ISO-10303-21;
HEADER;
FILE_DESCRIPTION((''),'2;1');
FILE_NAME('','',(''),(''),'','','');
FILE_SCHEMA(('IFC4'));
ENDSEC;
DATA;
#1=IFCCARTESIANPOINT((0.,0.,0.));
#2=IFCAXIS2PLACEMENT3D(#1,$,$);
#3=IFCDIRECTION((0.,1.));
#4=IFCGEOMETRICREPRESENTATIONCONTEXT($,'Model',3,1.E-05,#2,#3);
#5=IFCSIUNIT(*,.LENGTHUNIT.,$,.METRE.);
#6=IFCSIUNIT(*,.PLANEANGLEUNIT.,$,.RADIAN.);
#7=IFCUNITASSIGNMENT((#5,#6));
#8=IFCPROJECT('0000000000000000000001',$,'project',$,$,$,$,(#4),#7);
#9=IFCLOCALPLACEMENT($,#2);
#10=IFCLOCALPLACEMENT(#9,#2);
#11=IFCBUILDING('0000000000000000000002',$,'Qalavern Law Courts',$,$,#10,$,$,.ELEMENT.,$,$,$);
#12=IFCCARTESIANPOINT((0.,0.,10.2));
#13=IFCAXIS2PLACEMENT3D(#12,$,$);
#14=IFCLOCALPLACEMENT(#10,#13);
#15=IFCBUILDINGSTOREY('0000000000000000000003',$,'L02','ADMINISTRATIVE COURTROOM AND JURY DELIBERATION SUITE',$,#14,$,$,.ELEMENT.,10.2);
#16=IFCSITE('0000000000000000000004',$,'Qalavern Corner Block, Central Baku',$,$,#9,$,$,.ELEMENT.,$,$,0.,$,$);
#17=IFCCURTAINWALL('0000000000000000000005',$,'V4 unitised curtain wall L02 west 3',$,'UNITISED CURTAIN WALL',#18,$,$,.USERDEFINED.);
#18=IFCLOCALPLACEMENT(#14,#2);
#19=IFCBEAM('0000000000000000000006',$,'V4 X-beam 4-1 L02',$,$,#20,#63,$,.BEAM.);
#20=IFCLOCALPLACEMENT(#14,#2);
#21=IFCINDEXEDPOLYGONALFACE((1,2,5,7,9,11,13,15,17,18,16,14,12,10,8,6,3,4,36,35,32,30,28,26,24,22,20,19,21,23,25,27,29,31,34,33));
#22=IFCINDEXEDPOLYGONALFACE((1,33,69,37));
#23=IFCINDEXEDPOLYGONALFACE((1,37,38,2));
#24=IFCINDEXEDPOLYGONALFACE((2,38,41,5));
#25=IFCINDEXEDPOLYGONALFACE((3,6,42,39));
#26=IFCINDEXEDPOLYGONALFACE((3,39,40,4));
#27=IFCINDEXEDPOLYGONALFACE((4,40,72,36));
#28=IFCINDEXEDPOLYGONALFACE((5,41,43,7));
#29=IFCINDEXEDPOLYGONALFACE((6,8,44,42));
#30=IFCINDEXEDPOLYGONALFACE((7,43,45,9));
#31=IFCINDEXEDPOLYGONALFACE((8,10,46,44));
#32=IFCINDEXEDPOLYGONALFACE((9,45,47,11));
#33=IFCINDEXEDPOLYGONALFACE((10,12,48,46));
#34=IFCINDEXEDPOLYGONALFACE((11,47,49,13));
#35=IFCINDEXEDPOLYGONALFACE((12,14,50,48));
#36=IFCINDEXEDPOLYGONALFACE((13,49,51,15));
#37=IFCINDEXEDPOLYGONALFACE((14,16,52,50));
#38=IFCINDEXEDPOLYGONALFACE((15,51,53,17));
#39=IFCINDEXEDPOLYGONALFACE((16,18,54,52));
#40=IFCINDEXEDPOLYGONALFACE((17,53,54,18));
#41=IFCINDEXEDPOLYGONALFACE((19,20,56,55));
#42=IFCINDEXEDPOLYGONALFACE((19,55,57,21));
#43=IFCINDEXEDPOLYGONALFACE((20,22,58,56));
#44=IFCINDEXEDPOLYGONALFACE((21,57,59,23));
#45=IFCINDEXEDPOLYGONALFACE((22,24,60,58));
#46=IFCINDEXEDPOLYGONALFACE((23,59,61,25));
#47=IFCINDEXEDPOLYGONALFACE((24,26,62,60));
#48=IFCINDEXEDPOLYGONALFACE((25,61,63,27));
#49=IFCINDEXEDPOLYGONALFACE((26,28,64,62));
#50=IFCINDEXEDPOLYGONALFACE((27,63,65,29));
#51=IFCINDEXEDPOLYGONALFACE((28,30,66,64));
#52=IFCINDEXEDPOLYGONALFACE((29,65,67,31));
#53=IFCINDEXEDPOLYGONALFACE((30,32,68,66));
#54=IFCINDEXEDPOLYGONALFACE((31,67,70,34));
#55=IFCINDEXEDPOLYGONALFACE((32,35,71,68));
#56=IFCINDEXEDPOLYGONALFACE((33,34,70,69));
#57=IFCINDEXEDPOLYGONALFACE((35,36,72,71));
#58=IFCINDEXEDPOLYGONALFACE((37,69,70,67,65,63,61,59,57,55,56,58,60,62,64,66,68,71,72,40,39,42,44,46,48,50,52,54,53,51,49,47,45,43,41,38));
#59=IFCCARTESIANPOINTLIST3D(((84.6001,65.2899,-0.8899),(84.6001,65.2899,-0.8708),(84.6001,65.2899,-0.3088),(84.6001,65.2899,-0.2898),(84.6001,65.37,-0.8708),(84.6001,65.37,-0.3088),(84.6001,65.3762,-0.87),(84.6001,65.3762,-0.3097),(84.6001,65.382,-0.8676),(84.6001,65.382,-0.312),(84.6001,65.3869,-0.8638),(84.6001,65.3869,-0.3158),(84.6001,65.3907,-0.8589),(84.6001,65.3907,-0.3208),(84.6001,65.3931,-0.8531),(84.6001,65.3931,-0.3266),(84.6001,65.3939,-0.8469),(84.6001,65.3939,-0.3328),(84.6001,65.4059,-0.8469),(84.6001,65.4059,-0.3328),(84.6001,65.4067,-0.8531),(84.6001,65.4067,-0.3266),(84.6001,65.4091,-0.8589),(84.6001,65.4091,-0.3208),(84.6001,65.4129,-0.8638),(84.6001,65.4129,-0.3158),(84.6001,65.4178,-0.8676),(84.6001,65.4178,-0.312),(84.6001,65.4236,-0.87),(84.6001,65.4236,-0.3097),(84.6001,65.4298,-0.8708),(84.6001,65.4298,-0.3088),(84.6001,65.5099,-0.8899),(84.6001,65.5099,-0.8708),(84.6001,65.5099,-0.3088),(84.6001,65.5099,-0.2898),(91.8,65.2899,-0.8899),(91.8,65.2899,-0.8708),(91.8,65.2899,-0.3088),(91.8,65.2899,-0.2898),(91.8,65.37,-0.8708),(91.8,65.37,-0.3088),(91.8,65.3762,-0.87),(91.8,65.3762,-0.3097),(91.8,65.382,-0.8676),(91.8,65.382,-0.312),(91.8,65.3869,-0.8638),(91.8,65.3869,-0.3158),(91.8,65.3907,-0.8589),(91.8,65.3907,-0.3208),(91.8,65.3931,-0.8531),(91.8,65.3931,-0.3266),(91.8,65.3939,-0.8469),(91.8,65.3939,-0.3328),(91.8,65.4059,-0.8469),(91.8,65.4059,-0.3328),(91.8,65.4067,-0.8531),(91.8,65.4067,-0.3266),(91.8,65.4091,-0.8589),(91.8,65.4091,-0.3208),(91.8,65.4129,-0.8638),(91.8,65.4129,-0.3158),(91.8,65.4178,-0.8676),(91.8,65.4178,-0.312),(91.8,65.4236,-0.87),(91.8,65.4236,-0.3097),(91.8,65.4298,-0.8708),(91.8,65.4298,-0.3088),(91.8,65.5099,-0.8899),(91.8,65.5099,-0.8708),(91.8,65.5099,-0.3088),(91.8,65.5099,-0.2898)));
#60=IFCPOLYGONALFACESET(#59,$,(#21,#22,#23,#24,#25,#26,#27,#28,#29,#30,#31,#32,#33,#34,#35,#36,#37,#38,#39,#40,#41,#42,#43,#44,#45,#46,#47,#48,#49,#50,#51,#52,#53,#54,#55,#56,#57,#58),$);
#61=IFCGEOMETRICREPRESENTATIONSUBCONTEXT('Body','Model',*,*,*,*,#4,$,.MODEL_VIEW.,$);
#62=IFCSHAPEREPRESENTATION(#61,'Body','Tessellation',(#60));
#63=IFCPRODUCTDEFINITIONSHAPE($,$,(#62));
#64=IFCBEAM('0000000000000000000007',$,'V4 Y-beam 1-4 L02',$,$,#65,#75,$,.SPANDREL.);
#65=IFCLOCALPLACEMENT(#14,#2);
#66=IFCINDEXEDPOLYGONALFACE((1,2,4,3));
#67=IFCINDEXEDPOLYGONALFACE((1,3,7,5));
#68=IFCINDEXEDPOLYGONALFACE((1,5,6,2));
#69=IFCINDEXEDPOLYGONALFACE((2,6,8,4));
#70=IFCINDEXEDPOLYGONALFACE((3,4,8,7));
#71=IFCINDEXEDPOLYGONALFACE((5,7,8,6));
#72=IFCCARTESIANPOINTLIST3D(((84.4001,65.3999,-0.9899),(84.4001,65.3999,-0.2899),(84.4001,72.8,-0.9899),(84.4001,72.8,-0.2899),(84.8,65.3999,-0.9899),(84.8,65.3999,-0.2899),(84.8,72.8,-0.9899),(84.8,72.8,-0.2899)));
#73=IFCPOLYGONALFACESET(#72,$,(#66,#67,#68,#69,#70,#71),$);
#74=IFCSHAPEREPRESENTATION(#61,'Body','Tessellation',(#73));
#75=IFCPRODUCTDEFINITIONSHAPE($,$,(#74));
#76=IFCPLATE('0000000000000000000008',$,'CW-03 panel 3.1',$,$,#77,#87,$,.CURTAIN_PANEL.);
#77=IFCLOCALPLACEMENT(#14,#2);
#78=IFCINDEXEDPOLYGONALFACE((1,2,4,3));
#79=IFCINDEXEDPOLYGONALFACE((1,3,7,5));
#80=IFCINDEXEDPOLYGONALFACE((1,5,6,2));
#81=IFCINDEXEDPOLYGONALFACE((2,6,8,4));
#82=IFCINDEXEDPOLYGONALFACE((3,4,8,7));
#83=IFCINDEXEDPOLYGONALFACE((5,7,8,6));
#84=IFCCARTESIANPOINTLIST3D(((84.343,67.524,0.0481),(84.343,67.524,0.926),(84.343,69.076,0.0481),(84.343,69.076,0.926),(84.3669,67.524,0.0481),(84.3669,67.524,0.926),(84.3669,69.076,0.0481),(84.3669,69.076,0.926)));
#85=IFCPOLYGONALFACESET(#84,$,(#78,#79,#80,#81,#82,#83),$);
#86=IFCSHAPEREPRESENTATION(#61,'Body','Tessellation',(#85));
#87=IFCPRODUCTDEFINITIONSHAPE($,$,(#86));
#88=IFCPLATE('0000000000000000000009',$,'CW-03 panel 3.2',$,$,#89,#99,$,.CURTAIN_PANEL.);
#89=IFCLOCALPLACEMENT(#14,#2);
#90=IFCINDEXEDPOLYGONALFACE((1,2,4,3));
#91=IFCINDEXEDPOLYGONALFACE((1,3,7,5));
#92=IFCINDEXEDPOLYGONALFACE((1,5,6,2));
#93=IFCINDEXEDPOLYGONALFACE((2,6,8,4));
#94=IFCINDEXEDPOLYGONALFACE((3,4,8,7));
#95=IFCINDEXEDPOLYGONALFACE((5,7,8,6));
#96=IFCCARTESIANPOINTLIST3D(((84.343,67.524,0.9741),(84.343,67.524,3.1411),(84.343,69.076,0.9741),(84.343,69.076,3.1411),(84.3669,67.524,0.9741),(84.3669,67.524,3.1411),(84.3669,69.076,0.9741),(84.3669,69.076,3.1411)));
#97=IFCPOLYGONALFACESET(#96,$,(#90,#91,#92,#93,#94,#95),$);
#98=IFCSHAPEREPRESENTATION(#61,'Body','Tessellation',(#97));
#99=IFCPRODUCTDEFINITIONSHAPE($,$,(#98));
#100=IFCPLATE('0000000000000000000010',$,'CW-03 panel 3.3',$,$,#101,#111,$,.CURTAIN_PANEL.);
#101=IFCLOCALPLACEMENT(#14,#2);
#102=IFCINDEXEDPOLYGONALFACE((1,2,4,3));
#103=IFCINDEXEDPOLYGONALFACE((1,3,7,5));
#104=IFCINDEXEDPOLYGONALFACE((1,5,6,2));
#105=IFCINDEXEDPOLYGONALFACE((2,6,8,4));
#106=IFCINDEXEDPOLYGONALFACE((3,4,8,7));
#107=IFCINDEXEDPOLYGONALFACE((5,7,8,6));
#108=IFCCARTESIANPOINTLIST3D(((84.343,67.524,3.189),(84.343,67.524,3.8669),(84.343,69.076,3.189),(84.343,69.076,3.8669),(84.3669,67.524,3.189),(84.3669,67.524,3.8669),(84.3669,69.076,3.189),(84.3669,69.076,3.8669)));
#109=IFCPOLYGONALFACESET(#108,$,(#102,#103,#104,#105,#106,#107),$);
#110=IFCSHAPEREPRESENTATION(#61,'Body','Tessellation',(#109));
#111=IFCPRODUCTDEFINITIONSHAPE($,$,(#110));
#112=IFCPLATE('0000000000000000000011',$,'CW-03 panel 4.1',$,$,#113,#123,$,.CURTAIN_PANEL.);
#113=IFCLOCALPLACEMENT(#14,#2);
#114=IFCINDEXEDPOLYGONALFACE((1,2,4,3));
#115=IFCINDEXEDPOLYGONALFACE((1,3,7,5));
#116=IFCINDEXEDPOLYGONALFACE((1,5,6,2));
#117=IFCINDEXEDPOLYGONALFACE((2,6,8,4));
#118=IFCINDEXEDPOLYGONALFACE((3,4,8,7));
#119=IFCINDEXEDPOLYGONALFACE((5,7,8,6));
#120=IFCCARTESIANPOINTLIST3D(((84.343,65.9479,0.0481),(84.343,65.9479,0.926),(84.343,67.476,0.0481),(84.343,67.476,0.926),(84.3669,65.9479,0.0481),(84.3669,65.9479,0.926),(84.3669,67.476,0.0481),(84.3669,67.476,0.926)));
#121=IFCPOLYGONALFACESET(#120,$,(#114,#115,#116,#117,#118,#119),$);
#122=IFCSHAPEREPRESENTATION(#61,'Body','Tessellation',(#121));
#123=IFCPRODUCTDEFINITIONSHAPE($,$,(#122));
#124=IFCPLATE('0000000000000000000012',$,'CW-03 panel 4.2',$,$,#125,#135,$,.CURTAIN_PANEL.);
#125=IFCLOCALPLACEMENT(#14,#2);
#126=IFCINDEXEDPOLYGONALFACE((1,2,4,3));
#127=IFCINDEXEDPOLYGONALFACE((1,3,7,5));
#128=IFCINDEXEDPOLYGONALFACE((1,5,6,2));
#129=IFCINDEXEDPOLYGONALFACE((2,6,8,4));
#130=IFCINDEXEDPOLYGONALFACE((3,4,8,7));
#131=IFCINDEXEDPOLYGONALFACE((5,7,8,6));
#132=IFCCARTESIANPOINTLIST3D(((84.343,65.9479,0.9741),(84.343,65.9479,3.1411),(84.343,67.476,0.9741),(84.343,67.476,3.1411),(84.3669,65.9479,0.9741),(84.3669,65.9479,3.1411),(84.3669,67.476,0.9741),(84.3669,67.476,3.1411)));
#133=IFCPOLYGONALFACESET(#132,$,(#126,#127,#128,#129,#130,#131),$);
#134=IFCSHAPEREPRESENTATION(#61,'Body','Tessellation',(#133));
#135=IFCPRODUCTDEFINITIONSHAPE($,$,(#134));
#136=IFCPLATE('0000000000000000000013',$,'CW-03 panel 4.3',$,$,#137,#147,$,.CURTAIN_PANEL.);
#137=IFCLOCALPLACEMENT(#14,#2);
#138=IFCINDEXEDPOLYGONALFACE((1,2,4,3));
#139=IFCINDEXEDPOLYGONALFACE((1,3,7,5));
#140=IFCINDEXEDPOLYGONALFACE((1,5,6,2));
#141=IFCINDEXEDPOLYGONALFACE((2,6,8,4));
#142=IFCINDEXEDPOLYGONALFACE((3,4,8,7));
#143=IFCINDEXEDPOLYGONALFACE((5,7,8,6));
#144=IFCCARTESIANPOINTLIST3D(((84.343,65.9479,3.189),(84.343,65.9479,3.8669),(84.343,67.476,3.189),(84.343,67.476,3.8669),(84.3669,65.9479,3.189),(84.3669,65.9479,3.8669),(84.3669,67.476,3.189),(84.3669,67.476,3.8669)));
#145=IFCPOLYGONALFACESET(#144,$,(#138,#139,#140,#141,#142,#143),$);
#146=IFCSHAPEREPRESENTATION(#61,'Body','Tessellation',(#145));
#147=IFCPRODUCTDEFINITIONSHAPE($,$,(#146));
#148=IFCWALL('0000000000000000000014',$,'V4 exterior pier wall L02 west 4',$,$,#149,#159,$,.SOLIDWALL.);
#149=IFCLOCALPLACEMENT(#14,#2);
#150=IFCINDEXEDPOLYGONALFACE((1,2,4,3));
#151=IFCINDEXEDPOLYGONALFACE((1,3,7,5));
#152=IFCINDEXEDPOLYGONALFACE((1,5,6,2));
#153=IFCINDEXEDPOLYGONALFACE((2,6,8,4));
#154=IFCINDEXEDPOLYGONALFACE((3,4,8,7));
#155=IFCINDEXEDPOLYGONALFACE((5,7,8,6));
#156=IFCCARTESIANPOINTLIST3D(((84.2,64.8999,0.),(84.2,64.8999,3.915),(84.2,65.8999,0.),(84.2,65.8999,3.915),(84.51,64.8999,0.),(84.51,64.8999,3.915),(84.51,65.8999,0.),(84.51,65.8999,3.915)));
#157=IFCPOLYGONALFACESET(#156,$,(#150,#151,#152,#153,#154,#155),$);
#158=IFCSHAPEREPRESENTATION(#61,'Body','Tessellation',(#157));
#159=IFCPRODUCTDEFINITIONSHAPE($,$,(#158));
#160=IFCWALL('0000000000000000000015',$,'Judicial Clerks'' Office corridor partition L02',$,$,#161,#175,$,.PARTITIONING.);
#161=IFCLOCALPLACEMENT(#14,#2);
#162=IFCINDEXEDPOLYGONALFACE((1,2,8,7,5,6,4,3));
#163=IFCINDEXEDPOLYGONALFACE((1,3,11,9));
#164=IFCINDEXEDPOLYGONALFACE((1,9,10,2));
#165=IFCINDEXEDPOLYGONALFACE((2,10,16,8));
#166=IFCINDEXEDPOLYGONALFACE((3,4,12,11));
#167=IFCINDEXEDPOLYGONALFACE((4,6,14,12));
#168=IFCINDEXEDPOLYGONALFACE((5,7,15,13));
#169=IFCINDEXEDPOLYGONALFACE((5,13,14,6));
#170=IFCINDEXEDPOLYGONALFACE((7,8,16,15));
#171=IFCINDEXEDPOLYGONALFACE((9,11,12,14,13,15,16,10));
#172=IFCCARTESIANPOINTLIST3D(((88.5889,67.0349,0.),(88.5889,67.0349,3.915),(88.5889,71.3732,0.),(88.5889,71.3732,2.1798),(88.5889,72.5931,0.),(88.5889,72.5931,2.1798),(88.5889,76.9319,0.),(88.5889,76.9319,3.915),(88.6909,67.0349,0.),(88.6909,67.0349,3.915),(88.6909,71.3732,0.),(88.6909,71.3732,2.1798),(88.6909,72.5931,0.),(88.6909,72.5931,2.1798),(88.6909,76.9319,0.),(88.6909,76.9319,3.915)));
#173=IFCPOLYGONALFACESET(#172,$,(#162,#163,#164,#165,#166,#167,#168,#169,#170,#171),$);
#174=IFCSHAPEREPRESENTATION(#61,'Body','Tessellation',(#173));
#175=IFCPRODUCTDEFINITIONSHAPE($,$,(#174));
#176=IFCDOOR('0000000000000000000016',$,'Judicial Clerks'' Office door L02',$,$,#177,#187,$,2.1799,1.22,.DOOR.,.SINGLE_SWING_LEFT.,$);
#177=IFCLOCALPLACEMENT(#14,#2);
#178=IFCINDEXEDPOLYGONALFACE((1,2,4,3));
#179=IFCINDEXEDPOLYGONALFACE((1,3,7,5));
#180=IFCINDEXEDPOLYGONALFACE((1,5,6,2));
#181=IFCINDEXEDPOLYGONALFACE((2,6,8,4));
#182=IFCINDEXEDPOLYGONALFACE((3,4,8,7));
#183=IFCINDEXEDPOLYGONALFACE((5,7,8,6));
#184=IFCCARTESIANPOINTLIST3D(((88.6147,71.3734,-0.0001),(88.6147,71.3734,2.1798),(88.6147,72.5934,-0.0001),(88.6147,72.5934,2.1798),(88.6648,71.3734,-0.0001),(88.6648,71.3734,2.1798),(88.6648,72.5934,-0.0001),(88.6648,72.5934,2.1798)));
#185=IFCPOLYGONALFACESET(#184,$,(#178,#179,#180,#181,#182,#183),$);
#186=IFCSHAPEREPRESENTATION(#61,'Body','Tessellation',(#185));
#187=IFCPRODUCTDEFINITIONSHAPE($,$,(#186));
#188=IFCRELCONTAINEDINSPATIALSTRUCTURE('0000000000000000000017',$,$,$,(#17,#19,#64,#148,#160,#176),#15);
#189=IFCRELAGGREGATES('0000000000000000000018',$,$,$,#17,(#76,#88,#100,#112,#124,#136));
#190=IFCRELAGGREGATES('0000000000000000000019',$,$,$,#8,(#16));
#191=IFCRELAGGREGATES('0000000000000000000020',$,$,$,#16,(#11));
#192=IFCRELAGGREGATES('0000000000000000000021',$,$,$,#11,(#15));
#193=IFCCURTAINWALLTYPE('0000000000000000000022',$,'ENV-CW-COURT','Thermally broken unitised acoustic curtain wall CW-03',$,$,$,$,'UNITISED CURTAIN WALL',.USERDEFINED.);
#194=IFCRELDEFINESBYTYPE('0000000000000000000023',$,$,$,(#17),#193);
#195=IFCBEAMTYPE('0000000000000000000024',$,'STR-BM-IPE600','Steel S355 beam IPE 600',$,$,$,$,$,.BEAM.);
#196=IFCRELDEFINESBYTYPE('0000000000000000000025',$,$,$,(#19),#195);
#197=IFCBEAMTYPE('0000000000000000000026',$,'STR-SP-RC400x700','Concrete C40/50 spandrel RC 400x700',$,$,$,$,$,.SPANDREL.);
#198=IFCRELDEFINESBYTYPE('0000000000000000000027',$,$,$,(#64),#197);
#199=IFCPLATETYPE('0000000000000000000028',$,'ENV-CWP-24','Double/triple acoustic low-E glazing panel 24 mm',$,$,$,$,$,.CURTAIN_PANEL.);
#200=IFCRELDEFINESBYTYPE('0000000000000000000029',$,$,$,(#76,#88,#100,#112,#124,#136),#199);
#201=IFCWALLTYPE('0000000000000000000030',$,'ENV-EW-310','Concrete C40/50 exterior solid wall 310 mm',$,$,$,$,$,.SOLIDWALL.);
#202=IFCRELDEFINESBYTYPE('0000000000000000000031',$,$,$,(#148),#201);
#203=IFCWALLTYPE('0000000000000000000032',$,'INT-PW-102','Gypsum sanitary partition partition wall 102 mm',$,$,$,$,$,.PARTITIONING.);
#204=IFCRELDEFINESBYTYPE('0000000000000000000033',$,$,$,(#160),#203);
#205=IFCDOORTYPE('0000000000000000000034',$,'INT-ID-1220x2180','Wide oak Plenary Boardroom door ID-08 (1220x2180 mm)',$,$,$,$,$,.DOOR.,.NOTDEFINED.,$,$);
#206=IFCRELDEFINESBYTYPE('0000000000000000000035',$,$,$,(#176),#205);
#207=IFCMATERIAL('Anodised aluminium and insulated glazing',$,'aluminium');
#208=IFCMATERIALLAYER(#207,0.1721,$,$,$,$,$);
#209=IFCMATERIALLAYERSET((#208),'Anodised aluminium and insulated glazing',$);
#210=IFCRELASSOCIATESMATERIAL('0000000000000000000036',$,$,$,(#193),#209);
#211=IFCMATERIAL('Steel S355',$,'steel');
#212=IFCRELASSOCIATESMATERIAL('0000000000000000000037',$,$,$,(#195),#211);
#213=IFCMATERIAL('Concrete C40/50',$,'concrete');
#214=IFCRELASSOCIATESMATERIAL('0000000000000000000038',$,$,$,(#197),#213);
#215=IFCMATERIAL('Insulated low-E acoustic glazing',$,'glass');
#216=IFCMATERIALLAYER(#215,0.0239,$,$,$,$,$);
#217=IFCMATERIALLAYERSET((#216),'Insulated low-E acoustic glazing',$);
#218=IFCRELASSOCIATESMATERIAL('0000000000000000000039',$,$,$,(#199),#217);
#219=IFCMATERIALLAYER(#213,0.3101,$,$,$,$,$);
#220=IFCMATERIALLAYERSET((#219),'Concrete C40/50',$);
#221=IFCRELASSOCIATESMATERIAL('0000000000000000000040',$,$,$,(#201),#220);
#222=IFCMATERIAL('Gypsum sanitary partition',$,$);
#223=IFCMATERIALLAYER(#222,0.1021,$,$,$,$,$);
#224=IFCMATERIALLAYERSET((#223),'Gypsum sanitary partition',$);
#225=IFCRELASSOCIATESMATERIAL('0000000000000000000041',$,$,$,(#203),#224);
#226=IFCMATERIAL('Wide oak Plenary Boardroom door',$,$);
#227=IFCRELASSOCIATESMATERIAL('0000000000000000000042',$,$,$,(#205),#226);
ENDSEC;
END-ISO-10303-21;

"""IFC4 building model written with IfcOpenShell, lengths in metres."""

from ifc_helpers import new_model, si_unit, direction, frame, frame_2d, origin, origin_2d, place, context, subcontext, project, spatial, rectangle, i_section, extrude, material, layer, layer_set, material_profile, profile_set, type_object, element, fill, aggregate, save


model = new_model("IFC4")

# Units and contexts
model_context = context("Model", 3, precision=1e-05, world=origin(), true_north=direction((0.0, 1.0)))
body_context = subcontext(model_context, "Body", "Model", "MODEL_VIEW")
ifc_project = project(units=[si_unit("LENGTHUNIT", "METRE"), si_unit("PLANEANGLEUNIT", "RADIAN")], contexts=[model_context])

# Site, building, storey
site_placement = place(None, origin())
site = spatial("IfcSite", under=ifc_project, at=site_placement, Name="Qalavern Corner Block, Central Baku", CompositionType="ELEMENT", RefElevation=0.0)
building_placement = place(site_placement, origin())
building = spatial("IfcBuilding", under=site, at=building_placement, Name="Qalavern Law Courts", CompositionType="ELEMENT")
storey_placement = place(building_placement, frame((0.0, 0.0, 10.2)))
storey = spatial("IfcBuildingStorey", under=building, at=storey_placement, Name="L02", Description="ADMINISTRATIVE COURTROOM AND JURY DELIBERATION SUITE", CompositionType="ELEMENT", Elevation=10.2)

# Curtain wall
ifc_material_1 = material(Name="Anodised aluminium and insulated glazing", Category="aluminium")
ifc_layer_1 = layer(ifc_material_1, 0.1721)
ifc_layer_set_1 = layer_set([ifc_layer_1], Name="Anodised aluminium and insulated glazing")
curtain_wall_type = type_object("IfcCurtainWallType", Name="ENV-CW-COURT", Description="Thermally broken unitised acoustic curtain wall CW-03", ElementType="UNITISED CURTAIN WALL", PredefinedType="USERDEFINED", material=ifc_layer_set_1)
curtain_wall_1_placement = place(storey_placement, origin())
curtain_wall_1 = element("IfcCurtainWall", 1, at=curtain_wall_1_placement, inside=storey, type_object=curtain_wall_type, Name="V4 unitised curtain wall L02 west 3", ObjectType="UNITISED CURTAIN WALL", PredefinedType="USERDEFINED")

# Beams
ifc_material_2 = material(Name="Steel S355", Category="steel")
ifc_material_profile_1 = material_profile(ifc_material_2, i_section(OverallWidth=0.22, OverallDepth=0.6001, WebThickness=0.012, FlangeThickness=0.019, FilletRadius=0.0239, at=origin_2d()), Name="IPE 600")
ifc_profile_set_1 = profile_set([ifc_material_profile_1], Name="Steel S355")
beam_type_1 = type_object("IfcBeamType", Name="STR-BM-IPE600", Description="Steel S355 beam IPE 600", PredefinedType="BEAM", material=ifc_profile_set_1)
beam_1_placement = place(storey_placement, frame((84.6001, 65.3999, -0.5898), z_axis=(1.0, 0.0, 0.0), x_axis=(0.0, 1.0, 0.0)))
element("IfcBeam", 2, at=beam_1_placement, inside=storey, type_object=beam_type_1, Name="V4 X-beam 4-1 L02", PredefinedType="BEAM", context=body_context, shape_type="SweptSolid", body=[
    extrude(i_section(OverallWidth=0.22, OverallDepth=0.6001, WebThickness=0.012, FlangeThickness=0.019, FilletRadius=0.0239, at=origin_2d()), origin(), (0.0, 0.0, 1.0), 7.2),
])
ifc_material_3 = material(Name="Concrete C40/50", Category="concrete")
ifc_material_profile_2 = material_profile(ifc_material_3, rectangle(XDim=0.3999, YDim=0.7, at=origin_2d()), Name="RC 400x700")
ifc_profile_set_2 = profile_set([ifc_material_profile_2], Name="Concrete C40/50")
beam_type_2 = type_object("IfcBeamType", Name="STR-SP-RC400x700", Description="Concrete C40/50 spandrel RC 400x700", PredefinedType="SPANDREL", material=ifc_profile_set_2)
beam_2_placement = place(storey_placement, frame((84.6001, 65.3999, -0.6399), z_axis=(0.0, 1.0, 0.0), x_axis=(-1.0, 0.0, 0.0)))
element("IfcBeam", 3, at=beam_2_placement, inside=storey, type_object=beam_type_2, Name="V4 Y-beam 1-4 L02", PredefinedType="SPANDREL", context=body_context, shape_type="SweptSolid", body=[
    extrude(rectangle(XDim=0.3999, YDim=0.7, at=origin_2d()), origin(), (0.0, 0.0, 1.0), 7.4001),
])

# Plates
ifc_material_4 = material(Name="Insulated low-E acoustic glazing", Category="glass")
ifc_layer_2 = layer(ifc_material_4, 0.0239)
ifc_layer_set_2 = layer_set([ifc_layer_2], Name="Insulated low-E acoustic glazing")
plate_type = type_object("IfcPlateType", Name="ENV-CWP-24", Description="Double/triple acoustic low-E glazing panel 24 mm", PredefinedType="CURTAIN_PANEL", material=ifc_layer_set_2)
plate_1_placement = place(storey_placement, frame((84.355, 68.3, 0.0481), z_axis=(0.0, 0.0, 1.0), x_axis=(0.0, -1.0, 0.0)))
plate_1 = element("IfcPlate", 4, at=plate_1_placement, type_object=plate_type, Name="CW-03 panel 3.1", PredefinedType="CURTAIN_PANEL", context=body_context, shape_type="SweptSolid", body=[
    extrude(rectangle(XDim=1.552, YDim=0.0239, at=origin_2d()), origin(), (0.0, 0.0, 1.0), 0.8779),
])
plate_2_placement = place(storey_placement, frame((84.355, 68.3, 0.9741), z_axis=(0.0, 0.0, 1.0), x_axis=(0.0, -1.0, 0.0)))
plate_2 = element("IfcPlate", 5, at=plate_2_placement, type_object=plate_type, Name="CW-03 panel 3.2", PredefinedType="CURTAIN_PANEL", context=body_context, shape_type="SweptSolid", body=[
    extrude(rectangle(XDim=1.552, YDim=0.0239, at=origin_2d()), origin(), (0.0, 0.0, 1.0), 2.167),
])
plate_3_placement = place(storey_placement, frame((84.355, 68.3, 3.189), z_axis=(0.0, 0.0, 1.0), x_axis=(0.0, -1.0, 0.0)))
plate_3 = element("IfcPlate", 6, at=plate_3_placement, type_object=plate_type, Name="CW-03 panel 3.3", PredefinedType="CURTAIN_PANEL", context=body_context, shape_type="SweptSolid", body=[
    extrude(rectangle(XDim=1.552, YDim=0.0239, at=origin_2d()), origin(), (0.0, 0.0, 1.0), 0.678),
])
plate_4_placement = place(storey_placement, frame((84.355, 66.7119, 0.0481), z_axis=(0.0, 0.0, 1.0), x_axis=(0.0, -1.0, 0.0)))
plate_4 = element("IfcPlate", 7, at=plate_4_placement, type_object=plate_type, Name="CW-03 panel 4.1", PredefinedType="CURTAIN_PANEL", context=body_context, shape_type="SweptSolid", body=[
    extrude(rectangle(XDim=1.5281, YDim=0.0239, at=origin_2d()), origin(), (0.0, 0.0, 1.0), 0.8779),
])
plate_5_placement = place(storey_placement, frame((84.355, 66.7119, 0.9741), z_axis=(0.0, 0.0, 1.0), x_axis=(0.0, -1.0, 0.0)))
plate_5 = element("IfcPlate", 8, at=plate_5_placement, type_object=plate_type, Name="CW-03 panel 4.2", PredefinedType="CURTAIN_PANEL", context=body_context, shape_type="SweptSolid", body=[
    extrude(rectangle(XDim=1.5281, YDim=0.0239, at=origin_2d()), origin(), (0.0, 0.0, 1.0), 2.167),
])
plate_6_placement = place(storey_placement, frame((84.355, 66.7119, 3.189), z_axis=(0.0, 0.0, 1.0), x_axis=(0.0, -1.0, 0.0)))
plate_6 = element("IfcPlate", 9, at=plate_6_placement, type_object=plate_type, Name="CW-03 panel 4.3", PredefinedType="CURTAIN_PANEL", context=body_context, shape_type="SweptSolid", body=[
    extrude(rectangle(XDim=1.5281, YDim=0.0239, at=origin_2d()), origin(), (0.0, 0.0, 1.0), 0.678),
])
aggregate(curtain_wall_1, [plate_1, plate_2, plate_3, plate_4, plate_5, plate_6])

# Wall
ifc_layer_3 = layer(ifc_material_3, 0.3101)
ifc_layer_set_3 = layer_set([ifc_layer_3], Name="Concrete C40/50")
wall_type_1 = type_object("IfcWallType", Name="ENV-EW-310", Description="Concrete C40/50 exterior solid wall 310 mm", PredefinedType="SOLIDWALL", material=ifc_layer_set_3)
wall_1_placement = place(storey_placement, frame((84.355, 65.8999, 0.0), z_axis=(0.0, 0.0, 1.0), x_axis=(0.0, -1.0, 0.0)))
element("IfcWall", 10, at=wall_1_placement, inside=storey, type_object=wall_type_1, Name="V4 exterior pier wall L02 west 4", PredefinedType="SOLIDWALL", context=body_context, shape_type="SweptSolid", body=[
    extrude(rectangle(XDim=1.0, YDim=0.3101, at=frame_2d((0.5, 0.0))), origin(), (0.0, 0.0, 1.0), 3.915),
])

# Wall, opening, door
ifc_material_5 = material(Name="Gypsum sanitary partition")
ifc_layer_4 = layer(ifc_material_5, 0.1021)
ifc_layer_set_4 = layer_set([ifc_layer_4], Name="Gypsum sanitary partition")
wall_type_2 = type_object("IfcWallType", Name="INT-PW-102", Description="Gypsum sanitary partition partition wall 102 mm", PredefinedType="PARTITIONING", material=ifc_layer_set_4)
wall_2_placement = place(storey_placement, frame((88.6399, 67.0349, 0.0), z_axis=(0.0, 0.0, 1.0), x_axis=(0.0, 1.0, 0.0)))
wall_2 = element("IfcWall", 11, at=wall_2_placement, inside=storey, type_object=wall_type_2, Name="Judicial Clerks' Office corridor partition L02", PredefinedType="PARTITIONING", context=body_context, shape_type="SweptSolid", body=[
    extrude(rectangle(XDim=9.897, YDim=0.1021, at=frame_2d((4.9485, 0.0))), origin(), (0.0, 0.0, 1.0), 3.915),
])
opening_placement = place(wall_2_placement, frame((4.3384, 0.0, 0.0)))
opening = element("IfcOpeningElement", 12, at=opening_placement, cuts=wall_2, PredefinedType="OPENING", context=body_context, shape_type="SweptSolid", body=[
    extrude(rectangle(XDim=1.22, YDim=2.1799, at=frame_2d((0.6099, 1.0898))), frame((0.0, 0.0659, 0.0), z_axis=(0.0, -1.0, 0.0), x_axis=(1.0, 0.0, 0.0)), (0.0, 0.0, 1.0), 0.1318),
])
ifc_material_6 = material(Name="Wide oak Plenary Boardroom door")
door_type = type_object("IfcDoorType", Name="INT-ID-1220x2180", Description="Wide oak Plenary Boardroom door ID-08 (1220x2180 mm)", OperationType="NOTDEFINED", PredefinedType="DOOR", material=ifc_material_6)
door_placement = place(opening_placement, frame((1.22, 0.0, 0.0), z_axis=(0.0, 0.0, 1.0), x_axis=(-1.0, 0.0, 0.0)))
door = element("IfcDoor", 13, at=door_placement, inside=storey, type_object=door_type, Name="Judicial Clerks' Office door L02", OperationType="SINGLE_SWING_LEFT", OverallHeight=2.1799, OverallWidth=1.22, PredefinedType="DOOR", context=body_context, shape_type="SweptSolid", body=[
    extrude(rectangle(XDim=1.22, YDim=2.1799, at=frame_2d((0.6099, 1.0898))), frame((0.0, 0.0249, 0.0), z_axis=(0.0, -1.0, 0.0), x_axis=(1.0, 0.0, 0.0)), (0.0, 0.0, 1.0), 0.05),
])
fill(opening, door)

save(model, "model.ifc")
